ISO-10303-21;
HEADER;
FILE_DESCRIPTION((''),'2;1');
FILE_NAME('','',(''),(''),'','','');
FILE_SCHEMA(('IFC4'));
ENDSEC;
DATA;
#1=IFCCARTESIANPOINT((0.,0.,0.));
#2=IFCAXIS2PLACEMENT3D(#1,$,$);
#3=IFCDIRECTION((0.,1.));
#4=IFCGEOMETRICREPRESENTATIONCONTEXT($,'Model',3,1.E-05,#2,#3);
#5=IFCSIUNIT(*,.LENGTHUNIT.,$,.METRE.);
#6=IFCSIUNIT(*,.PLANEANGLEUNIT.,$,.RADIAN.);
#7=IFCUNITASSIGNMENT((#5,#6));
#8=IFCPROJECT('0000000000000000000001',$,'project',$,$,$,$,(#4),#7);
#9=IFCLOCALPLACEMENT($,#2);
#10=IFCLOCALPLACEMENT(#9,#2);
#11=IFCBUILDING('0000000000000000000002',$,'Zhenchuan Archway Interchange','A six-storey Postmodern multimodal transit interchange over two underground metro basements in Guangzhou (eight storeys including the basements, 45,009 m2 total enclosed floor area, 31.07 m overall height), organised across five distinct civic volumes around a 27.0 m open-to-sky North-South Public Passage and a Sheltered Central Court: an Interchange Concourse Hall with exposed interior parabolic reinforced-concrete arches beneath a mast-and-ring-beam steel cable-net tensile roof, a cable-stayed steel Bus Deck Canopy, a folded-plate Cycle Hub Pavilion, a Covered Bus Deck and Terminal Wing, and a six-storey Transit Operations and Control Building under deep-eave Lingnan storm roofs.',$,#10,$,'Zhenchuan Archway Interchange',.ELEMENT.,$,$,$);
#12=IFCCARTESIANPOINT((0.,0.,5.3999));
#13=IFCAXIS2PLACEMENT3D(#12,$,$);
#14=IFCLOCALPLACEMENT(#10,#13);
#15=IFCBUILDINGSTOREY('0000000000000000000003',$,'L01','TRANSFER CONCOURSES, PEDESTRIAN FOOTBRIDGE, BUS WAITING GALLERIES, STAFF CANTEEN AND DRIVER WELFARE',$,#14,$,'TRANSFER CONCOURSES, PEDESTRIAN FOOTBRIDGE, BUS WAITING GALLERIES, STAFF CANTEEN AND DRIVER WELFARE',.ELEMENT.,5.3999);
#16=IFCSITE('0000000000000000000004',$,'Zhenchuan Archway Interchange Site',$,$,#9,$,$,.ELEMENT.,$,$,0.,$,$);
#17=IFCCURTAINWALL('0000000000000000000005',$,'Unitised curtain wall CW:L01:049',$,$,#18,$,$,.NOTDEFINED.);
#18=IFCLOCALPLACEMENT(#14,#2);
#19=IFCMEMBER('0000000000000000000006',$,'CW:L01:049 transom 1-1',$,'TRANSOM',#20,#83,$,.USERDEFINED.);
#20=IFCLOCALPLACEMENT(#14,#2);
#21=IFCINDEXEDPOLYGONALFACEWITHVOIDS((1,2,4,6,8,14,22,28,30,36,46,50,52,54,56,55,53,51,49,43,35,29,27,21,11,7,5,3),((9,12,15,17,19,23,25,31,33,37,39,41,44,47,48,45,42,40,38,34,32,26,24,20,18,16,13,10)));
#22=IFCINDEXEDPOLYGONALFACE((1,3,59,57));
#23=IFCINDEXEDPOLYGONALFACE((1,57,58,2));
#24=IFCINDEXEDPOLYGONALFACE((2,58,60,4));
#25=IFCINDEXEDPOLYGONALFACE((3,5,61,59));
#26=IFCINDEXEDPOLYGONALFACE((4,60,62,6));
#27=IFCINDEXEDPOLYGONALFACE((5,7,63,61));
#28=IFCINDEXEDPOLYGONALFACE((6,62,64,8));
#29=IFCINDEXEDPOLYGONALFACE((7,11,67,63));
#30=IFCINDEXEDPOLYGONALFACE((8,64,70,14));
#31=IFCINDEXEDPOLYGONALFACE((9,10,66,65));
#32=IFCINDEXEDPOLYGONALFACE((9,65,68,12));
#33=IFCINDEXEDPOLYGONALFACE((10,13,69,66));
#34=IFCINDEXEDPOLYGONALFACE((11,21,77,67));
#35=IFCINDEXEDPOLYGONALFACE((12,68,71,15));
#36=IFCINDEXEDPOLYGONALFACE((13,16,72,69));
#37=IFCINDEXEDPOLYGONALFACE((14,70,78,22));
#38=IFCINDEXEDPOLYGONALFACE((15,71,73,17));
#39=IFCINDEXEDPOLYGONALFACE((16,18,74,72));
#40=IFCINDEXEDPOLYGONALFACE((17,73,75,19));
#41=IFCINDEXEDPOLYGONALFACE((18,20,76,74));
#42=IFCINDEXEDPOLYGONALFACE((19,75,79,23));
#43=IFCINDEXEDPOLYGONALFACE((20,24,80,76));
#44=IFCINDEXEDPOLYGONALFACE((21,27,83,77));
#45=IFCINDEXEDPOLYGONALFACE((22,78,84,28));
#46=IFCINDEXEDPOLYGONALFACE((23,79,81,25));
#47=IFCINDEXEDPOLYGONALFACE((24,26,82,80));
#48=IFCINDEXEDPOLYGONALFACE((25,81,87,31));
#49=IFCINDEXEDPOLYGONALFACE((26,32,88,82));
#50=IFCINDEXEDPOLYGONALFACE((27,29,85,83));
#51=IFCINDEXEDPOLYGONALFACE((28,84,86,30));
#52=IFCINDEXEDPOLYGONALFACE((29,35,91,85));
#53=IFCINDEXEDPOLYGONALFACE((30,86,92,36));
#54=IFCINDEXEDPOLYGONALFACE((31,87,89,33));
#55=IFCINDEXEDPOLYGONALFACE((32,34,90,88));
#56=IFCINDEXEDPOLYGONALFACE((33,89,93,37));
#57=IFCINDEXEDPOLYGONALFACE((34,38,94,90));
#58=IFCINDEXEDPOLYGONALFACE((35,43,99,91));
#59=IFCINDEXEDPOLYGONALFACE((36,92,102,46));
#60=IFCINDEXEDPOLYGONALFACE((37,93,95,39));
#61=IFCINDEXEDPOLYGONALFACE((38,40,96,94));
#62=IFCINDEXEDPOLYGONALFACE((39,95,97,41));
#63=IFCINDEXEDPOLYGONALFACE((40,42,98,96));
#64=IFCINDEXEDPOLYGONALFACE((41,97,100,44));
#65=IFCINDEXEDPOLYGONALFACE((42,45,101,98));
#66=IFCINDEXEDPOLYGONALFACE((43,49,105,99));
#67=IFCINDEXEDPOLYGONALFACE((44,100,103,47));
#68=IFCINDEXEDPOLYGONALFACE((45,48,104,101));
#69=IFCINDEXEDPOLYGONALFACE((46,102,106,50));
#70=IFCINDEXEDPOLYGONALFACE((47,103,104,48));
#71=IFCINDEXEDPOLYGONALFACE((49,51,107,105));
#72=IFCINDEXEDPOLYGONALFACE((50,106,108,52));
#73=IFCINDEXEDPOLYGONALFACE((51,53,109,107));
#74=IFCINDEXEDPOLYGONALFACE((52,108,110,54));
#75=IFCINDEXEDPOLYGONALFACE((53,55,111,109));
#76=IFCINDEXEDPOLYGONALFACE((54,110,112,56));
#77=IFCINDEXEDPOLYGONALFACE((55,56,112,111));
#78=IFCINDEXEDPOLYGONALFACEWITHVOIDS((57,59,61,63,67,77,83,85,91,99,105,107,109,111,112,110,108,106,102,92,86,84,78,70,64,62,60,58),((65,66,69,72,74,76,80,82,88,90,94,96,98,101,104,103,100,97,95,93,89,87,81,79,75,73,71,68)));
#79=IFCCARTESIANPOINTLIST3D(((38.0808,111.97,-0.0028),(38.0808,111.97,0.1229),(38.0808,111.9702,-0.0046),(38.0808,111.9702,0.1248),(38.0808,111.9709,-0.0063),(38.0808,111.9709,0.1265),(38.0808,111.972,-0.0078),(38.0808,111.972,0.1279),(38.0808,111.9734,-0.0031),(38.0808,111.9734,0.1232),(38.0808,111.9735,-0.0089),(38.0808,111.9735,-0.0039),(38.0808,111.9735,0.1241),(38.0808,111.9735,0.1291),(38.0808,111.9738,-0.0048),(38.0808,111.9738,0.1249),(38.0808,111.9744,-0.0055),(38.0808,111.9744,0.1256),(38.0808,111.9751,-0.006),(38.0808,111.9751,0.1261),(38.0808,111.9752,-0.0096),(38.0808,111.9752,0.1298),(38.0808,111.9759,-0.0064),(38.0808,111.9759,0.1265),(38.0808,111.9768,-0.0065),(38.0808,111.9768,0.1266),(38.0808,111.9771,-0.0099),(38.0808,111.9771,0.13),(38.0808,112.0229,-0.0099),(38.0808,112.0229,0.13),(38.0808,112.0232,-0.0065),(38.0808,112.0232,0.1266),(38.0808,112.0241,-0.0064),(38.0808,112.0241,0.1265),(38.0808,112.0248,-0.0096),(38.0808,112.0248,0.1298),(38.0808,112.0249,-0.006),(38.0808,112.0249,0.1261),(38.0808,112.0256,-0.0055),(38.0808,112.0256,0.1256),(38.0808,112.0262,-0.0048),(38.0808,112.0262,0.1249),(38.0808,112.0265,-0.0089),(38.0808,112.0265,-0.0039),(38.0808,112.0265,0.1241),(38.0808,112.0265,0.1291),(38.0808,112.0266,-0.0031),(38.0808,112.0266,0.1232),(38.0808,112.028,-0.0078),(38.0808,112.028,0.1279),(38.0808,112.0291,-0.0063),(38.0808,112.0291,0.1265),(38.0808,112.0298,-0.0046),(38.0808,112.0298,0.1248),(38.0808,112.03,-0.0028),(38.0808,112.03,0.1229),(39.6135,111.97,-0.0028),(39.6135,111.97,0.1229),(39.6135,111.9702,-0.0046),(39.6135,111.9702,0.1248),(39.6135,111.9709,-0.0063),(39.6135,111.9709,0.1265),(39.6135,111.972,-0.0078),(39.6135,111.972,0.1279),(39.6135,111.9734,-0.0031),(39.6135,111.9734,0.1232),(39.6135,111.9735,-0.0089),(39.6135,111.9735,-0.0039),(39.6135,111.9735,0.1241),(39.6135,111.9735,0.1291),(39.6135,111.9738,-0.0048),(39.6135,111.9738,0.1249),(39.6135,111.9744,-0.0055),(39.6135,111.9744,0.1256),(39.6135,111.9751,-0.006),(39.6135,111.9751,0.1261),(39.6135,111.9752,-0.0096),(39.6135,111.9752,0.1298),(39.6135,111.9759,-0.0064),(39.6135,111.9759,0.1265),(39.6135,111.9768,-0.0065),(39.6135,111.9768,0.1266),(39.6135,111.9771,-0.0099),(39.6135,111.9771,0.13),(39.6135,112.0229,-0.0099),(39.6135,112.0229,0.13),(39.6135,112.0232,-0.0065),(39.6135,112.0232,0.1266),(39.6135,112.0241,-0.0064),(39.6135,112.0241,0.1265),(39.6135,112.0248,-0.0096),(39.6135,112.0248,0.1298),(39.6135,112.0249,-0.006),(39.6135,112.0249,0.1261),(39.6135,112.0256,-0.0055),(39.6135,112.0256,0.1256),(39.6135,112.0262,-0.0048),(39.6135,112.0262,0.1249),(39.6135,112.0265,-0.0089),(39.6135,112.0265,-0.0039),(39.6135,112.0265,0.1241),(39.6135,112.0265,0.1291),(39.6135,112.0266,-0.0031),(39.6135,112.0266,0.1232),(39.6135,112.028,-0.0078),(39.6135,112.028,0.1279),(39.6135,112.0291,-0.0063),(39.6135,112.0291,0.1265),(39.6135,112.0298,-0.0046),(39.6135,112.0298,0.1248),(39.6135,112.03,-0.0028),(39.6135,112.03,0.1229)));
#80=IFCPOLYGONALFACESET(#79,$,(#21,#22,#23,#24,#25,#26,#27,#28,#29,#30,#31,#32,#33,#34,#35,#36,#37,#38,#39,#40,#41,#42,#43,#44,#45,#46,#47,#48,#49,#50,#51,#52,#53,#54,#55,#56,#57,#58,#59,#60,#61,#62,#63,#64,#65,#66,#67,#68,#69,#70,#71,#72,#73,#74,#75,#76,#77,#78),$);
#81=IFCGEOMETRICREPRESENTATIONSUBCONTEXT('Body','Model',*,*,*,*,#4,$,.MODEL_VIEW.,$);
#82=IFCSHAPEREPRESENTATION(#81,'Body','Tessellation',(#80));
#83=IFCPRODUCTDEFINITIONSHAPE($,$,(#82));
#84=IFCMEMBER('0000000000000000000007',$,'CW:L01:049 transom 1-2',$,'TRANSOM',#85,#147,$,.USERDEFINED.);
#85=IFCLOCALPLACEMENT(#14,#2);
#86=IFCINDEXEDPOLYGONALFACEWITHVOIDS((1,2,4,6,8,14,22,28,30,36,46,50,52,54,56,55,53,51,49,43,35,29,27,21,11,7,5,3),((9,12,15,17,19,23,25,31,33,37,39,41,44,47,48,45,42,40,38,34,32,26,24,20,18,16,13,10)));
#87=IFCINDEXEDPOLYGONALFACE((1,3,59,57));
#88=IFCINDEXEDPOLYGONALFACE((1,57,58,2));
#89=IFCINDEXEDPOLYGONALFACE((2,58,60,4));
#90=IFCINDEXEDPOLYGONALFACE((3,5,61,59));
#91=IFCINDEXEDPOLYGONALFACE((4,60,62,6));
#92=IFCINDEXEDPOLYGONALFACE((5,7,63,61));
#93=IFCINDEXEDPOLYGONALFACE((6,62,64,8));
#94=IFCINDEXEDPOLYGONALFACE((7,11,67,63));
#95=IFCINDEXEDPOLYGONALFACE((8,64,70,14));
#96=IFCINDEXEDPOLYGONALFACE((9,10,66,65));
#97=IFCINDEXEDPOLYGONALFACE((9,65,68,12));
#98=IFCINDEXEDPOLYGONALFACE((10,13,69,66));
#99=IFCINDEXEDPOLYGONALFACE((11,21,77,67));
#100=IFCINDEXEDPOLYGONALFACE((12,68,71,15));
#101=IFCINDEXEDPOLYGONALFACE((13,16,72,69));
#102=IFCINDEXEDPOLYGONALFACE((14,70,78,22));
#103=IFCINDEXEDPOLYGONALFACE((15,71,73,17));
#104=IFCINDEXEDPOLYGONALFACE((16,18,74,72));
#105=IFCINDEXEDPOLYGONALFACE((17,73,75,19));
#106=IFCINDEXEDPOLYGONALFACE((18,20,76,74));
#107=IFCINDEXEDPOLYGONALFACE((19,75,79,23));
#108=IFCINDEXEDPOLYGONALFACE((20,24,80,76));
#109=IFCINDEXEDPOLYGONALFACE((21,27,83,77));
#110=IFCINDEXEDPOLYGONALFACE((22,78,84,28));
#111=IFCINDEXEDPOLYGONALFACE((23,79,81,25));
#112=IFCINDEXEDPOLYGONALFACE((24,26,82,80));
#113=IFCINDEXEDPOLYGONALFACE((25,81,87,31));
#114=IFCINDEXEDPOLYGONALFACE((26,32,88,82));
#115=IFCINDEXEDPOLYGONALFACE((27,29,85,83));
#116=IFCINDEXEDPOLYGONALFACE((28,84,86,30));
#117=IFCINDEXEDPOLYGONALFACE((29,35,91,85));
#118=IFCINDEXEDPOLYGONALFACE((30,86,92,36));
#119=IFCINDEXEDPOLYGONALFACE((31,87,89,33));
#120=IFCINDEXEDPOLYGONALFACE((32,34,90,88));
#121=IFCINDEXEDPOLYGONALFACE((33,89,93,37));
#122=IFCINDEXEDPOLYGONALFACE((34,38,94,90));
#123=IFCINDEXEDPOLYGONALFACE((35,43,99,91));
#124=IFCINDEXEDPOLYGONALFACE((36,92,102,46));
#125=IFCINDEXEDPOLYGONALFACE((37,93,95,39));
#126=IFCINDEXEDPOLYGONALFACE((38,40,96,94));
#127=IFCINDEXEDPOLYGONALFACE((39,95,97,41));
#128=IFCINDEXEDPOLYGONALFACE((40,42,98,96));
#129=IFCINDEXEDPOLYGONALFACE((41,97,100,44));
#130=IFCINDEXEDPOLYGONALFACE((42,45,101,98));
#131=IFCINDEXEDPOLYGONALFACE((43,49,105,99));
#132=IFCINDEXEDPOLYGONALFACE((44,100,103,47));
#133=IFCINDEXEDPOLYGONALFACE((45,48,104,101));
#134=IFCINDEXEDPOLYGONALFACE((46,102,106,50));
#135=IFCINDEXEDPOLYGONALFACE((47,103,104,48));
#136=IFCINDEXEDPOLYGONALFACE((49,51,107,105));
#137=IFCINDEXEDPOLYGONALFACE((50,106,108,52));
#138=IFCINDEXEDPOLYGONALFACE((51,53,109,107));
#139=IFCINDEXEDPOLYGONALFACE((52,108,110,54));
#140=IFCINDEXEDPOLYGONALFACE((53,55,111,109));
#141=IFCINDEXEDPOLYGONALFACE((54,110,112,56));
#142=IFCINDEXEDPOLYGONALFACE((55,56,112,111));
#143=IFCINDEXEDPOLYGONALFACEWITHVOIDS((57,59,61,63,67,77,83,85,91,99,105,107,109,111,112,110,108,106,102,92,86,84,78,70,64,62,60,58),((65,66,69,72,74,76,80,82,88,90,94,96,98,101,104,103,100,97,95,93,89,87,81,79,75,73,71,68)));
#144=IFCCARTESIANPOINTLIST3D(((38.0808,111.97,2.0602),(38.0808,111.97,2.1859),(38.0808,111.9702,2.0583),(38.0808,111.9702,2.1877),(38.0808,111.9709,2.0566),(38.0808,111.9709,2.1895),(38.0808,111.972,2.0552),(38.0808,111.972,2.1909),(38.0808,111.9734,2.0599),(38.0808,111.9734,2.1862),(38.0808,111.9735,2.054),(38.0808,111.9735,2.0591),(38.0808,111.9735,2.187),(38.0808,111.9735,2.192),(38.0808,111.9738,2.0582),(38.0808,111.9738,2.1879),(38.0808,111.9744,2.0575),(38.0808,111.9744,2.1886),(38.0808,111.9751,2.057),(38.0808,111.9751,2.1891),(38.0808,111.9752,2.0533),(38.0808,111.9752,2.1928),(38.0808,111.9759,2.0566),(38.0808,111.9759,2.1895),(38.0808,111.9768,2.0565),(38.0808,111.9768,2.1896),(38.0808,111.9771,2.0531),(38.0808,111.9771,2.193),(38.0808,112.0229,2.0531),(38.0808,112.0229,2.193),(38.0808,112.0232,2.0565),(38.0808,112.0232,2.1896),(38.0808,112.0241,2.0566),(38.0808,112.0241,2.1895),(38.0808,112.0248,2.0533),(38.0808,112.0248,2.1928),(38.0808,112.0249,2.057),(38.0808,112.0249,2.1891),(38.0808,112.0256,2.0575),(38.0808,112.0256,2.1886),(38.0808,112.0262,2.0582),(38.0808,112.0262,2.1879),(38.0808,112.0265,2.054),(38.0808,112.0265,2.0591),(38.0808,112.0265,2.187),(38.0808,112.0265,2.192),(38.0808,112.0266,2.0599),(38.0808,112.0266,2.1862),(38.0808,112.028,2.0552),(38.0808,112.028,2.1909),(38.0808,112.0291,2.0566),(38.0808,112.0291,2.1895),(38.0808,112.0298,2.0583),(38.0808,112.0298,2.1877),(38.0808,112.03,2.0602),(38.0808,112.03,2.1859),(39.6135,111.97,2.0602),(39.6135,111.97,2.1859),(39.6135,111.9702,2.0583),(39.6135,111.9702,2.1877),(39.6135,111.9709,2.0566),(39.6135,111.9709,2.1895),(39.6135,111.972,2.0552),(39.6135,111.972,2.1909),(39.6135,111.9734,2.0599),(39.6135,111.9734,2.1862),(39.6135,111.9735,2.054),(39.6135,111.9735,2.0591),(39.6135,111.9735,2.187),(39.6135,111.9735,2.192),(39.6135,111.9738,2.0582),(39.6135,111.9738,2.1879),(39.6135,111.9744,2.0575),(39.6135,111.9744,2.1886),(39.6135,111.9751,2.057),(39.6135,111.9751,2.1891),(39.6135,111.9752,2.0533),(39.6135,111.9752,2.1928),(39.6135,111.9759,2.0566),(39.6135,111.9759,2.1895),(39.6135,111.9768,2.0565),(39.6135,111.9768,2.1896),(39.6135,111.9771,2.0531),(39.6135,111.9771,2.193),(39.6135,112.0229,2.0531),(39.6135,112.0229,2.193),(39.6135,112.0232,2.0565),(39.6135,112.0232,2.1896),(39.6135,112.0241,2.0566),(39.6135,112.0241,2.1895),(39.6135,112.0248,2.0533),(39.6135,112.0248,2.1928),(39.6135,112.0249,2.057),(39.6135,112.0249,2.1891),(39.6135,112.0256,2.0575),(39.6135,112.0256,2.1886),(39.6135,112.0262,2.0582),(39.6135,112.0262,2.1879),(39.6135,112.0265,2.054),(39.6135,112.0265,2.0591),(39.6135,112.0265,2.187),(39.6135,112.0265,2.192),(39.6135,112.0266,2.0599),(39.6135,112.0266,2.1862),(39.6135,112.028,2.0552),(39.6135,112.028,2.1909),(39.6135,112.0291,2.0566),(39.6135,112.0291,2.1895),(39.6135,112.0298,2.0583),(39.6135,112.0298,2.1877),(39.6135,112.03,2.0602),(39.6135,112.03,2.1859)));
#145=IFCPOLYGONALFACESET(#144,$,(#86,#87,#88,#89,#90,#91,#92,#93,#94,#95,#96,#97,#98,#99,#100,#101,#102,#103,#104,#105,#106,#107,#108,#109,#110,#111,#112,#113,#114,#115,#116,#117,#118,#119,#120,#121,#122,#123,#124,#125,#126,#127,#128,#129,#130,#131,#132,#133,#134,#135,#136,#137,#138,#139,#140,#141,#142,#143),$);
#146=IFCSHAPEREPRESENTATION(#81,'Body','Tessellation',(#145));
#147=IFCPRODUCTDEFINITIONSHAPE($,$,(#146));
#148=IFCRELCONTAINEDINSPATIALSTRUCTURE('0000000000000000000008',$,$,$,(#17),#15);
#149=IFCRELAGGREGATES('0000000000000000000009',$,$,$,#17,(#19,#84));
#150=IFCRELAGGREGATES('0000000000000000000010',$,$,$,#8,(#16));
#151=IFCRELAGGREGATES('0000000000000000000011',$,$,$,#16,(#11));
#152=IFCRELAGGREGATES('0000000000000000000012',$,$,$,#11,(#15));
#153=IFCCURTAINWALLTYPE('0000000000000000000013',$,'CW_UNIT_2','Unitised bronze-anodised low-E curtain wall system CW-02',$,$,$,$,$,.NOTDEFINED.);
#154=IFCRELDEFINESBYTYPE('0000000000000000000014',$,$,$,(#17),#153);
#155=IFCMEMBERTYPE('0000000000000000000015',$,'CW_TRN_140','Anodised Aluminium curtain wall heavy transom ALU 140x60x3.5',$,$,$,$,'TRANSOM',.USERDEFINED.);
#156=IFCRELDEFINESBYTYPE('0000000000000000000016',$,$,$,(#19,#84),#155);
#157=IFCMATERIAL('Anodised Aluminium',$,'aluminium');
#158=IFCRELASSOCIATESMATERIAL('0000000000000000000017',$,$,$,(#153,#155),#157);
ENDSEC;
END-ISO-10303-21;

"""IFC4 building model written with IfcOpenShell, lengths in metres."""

from ifc_helpers import new_model, si_unit, direction, frame, origin, origin_2d, place, context, subcontext, project, spatial, hollow_rectangle, extrude, material, material_profile, profile_set, type_object, element, aggregate, save


model = new_model("IFC4")

# Units and contexts
model_context = context("Model", 3, precision=1e-05, world=origin(), true_north=direction((0.0, 1.0)))
body_context = subcontext(model_context, "Body", "Model", "MODEL_VIEW")
ifc_project = project(units=[si_unit("LENGTHUNIT", "METRE"), si_unit("PLANEANGLEUNIT", "RADIAN")], contexts=[model_context])

# Site, building, storey
site_placement = place(None, origin())
site = spatial("IfcSite", under=ifc_project, at=site_placement, Name="Zhenchuan Archway Interchange Site", CompositionType="ELEMENT", RefElevation=0.0)
building_placement = place(site_placement, origin())
building = spatial("IfcBuilding", under=site, at=building_placement, Name="Zhenchuan Archway Interchange", Description="A six-storey Postmodern multimodal transit interchange over two underground metro basements in Guangzhou (eight storeys including the basements, 45,009 m2 total enclosed floor area, 31.07 m overall height), organised across five distinct civic volumes around a 27.0 m open-to-sky North-South Public Passage and a Sheltered Central Court: an Interchange Concourse Hall with exposed interior parabolic reinforced-concrete arches beneath a mast-and-ring-beam steel cable-net tensile roof, a cable-stayed steel Bus Deck Canopy, a folded-plate Cycle Hub Pavilion, a Covered Bus Deck and Terminal Wing, and a six-storey Transit Operations and Control Building under deep-eave Lingnan storm roofs.", LongName="Zhenchuan Archway Interchange", CompositionType="ELEMENT")
storey_placement = place(building_placement, frame((0.0, 0.0, 5.3999)))
storey = spatial("IfcBuildingStorey", under=building, at=storey_placement, Name="L01", Description="TRANSFER CONCOURSES, PEDESTRIAN FOOTBRIDGE, BUS WAITING GALLERIES, STAFF CANTEEN AND DRIVER WELFARE", LongName="TRANSFER CONCOURSES, PEDESTRIAN FOOTBRIDGE, BUS WAITING GALLERIES, STAFF CANTEEN AND DRIVER WELFARE", CompositionType="ELEMENT", Elevation=5.3999)

# Curtain wall
ifc_material_1 = material(Name="Anodised Aluminium", Category="aluminium")
curtain_wall_type_1 = type_object("IfcCurtainWallType", Name="CW_UNIT_2", Description="Unitised bronze-anodised low-E curtain wall system CW-02", PredefinedType="NOTDEFINED", material=ifc_material_1)
curtain_wall_1_placement = place(storey_placement, origin())
curtain_wall_1 = element("IfcCurtainWall", 1, at=curtain_wall_1_placement, inside=storey, type_object=curtain_wall_type_1, Name="Unitised curtain wall CW:L01:049", PredefinedType="NOTDEFINED")

# Members
ifc_material_profile_1 = material_profile(ifc_material_1, hollow_rectangle(XDim=0.0601, YDim=0.1399, WallThickness=0.0034, InnerFilletRadius=0.0034, OuterFilletRadius=0.0071, at=origin_2d()), Name="ALU 140x60x3.5")
ifc_profile_set_1 = profile_set([ifc_material_profile_1], Name="Anodised Aluminium")
member_type_1 = type_object("IfcMemberType", Name="CW_TRN_140", Description="Anodised Aluminium curtain wall heavy transom ALU 140x60x3.5", ElementType="TRANSOM", PredefinedType="USERDEFINED", material=ifc_profile_set_1)
member_1_placement = place(storey_placement, frame((38.0808, 112.0, 0.0601), z_axis=(1.0, 0.0, 0.0), x_axis=(0.0, 1.0, 0.0)))
member_1 = element("IfcMember", 2, at=member_1_placement, type_object=member_type_1, Name="CW:L01:049 transom 1-1", ObjectType="TRANSOM", PredefinedType="USERDEFINED", context=body_context, shape_type="SweptSolid", body=[
    extrude(hollow_rectangle(XDim=0.0601, YDim=0.1399, WallThickness=0.0034, InnerFilletRadius=0.0034, OuterFilletRadius=0.0071, at=origin_2d()), origin(), (0.0, 0.0, 1.0), 1.5327),
])
member_2_placement = place(storey_placement, frame((38.0808, 112.0, 2.123), z_axis=(1.0, 0.0, 0.0), x_axis=(0.0, 1.0, 0.0)))
member_2 = element("IfcMember", 3, at=member_2_placement, type_object=member_type_1, Name="CW:L01:049 transom 1-2", ObjectType="TRANSOM", PredefinedType="USERDEFINED", context=body_context, shape_type="SweptSolid", body=[
    extrude(hollow_rectangle(XDim=0.0601, YDim=0.1399, WallThickness=0.0034, InnerFilletRadius=0.0034, OuterFilletRadius=0.0071, at=origin_2d()), origin(), (0.0, 0.0, 1.0), 1.5327),
])

aggregate(curtain_wall_1, [member_1, member_2])

save(model, "model.ifc")
